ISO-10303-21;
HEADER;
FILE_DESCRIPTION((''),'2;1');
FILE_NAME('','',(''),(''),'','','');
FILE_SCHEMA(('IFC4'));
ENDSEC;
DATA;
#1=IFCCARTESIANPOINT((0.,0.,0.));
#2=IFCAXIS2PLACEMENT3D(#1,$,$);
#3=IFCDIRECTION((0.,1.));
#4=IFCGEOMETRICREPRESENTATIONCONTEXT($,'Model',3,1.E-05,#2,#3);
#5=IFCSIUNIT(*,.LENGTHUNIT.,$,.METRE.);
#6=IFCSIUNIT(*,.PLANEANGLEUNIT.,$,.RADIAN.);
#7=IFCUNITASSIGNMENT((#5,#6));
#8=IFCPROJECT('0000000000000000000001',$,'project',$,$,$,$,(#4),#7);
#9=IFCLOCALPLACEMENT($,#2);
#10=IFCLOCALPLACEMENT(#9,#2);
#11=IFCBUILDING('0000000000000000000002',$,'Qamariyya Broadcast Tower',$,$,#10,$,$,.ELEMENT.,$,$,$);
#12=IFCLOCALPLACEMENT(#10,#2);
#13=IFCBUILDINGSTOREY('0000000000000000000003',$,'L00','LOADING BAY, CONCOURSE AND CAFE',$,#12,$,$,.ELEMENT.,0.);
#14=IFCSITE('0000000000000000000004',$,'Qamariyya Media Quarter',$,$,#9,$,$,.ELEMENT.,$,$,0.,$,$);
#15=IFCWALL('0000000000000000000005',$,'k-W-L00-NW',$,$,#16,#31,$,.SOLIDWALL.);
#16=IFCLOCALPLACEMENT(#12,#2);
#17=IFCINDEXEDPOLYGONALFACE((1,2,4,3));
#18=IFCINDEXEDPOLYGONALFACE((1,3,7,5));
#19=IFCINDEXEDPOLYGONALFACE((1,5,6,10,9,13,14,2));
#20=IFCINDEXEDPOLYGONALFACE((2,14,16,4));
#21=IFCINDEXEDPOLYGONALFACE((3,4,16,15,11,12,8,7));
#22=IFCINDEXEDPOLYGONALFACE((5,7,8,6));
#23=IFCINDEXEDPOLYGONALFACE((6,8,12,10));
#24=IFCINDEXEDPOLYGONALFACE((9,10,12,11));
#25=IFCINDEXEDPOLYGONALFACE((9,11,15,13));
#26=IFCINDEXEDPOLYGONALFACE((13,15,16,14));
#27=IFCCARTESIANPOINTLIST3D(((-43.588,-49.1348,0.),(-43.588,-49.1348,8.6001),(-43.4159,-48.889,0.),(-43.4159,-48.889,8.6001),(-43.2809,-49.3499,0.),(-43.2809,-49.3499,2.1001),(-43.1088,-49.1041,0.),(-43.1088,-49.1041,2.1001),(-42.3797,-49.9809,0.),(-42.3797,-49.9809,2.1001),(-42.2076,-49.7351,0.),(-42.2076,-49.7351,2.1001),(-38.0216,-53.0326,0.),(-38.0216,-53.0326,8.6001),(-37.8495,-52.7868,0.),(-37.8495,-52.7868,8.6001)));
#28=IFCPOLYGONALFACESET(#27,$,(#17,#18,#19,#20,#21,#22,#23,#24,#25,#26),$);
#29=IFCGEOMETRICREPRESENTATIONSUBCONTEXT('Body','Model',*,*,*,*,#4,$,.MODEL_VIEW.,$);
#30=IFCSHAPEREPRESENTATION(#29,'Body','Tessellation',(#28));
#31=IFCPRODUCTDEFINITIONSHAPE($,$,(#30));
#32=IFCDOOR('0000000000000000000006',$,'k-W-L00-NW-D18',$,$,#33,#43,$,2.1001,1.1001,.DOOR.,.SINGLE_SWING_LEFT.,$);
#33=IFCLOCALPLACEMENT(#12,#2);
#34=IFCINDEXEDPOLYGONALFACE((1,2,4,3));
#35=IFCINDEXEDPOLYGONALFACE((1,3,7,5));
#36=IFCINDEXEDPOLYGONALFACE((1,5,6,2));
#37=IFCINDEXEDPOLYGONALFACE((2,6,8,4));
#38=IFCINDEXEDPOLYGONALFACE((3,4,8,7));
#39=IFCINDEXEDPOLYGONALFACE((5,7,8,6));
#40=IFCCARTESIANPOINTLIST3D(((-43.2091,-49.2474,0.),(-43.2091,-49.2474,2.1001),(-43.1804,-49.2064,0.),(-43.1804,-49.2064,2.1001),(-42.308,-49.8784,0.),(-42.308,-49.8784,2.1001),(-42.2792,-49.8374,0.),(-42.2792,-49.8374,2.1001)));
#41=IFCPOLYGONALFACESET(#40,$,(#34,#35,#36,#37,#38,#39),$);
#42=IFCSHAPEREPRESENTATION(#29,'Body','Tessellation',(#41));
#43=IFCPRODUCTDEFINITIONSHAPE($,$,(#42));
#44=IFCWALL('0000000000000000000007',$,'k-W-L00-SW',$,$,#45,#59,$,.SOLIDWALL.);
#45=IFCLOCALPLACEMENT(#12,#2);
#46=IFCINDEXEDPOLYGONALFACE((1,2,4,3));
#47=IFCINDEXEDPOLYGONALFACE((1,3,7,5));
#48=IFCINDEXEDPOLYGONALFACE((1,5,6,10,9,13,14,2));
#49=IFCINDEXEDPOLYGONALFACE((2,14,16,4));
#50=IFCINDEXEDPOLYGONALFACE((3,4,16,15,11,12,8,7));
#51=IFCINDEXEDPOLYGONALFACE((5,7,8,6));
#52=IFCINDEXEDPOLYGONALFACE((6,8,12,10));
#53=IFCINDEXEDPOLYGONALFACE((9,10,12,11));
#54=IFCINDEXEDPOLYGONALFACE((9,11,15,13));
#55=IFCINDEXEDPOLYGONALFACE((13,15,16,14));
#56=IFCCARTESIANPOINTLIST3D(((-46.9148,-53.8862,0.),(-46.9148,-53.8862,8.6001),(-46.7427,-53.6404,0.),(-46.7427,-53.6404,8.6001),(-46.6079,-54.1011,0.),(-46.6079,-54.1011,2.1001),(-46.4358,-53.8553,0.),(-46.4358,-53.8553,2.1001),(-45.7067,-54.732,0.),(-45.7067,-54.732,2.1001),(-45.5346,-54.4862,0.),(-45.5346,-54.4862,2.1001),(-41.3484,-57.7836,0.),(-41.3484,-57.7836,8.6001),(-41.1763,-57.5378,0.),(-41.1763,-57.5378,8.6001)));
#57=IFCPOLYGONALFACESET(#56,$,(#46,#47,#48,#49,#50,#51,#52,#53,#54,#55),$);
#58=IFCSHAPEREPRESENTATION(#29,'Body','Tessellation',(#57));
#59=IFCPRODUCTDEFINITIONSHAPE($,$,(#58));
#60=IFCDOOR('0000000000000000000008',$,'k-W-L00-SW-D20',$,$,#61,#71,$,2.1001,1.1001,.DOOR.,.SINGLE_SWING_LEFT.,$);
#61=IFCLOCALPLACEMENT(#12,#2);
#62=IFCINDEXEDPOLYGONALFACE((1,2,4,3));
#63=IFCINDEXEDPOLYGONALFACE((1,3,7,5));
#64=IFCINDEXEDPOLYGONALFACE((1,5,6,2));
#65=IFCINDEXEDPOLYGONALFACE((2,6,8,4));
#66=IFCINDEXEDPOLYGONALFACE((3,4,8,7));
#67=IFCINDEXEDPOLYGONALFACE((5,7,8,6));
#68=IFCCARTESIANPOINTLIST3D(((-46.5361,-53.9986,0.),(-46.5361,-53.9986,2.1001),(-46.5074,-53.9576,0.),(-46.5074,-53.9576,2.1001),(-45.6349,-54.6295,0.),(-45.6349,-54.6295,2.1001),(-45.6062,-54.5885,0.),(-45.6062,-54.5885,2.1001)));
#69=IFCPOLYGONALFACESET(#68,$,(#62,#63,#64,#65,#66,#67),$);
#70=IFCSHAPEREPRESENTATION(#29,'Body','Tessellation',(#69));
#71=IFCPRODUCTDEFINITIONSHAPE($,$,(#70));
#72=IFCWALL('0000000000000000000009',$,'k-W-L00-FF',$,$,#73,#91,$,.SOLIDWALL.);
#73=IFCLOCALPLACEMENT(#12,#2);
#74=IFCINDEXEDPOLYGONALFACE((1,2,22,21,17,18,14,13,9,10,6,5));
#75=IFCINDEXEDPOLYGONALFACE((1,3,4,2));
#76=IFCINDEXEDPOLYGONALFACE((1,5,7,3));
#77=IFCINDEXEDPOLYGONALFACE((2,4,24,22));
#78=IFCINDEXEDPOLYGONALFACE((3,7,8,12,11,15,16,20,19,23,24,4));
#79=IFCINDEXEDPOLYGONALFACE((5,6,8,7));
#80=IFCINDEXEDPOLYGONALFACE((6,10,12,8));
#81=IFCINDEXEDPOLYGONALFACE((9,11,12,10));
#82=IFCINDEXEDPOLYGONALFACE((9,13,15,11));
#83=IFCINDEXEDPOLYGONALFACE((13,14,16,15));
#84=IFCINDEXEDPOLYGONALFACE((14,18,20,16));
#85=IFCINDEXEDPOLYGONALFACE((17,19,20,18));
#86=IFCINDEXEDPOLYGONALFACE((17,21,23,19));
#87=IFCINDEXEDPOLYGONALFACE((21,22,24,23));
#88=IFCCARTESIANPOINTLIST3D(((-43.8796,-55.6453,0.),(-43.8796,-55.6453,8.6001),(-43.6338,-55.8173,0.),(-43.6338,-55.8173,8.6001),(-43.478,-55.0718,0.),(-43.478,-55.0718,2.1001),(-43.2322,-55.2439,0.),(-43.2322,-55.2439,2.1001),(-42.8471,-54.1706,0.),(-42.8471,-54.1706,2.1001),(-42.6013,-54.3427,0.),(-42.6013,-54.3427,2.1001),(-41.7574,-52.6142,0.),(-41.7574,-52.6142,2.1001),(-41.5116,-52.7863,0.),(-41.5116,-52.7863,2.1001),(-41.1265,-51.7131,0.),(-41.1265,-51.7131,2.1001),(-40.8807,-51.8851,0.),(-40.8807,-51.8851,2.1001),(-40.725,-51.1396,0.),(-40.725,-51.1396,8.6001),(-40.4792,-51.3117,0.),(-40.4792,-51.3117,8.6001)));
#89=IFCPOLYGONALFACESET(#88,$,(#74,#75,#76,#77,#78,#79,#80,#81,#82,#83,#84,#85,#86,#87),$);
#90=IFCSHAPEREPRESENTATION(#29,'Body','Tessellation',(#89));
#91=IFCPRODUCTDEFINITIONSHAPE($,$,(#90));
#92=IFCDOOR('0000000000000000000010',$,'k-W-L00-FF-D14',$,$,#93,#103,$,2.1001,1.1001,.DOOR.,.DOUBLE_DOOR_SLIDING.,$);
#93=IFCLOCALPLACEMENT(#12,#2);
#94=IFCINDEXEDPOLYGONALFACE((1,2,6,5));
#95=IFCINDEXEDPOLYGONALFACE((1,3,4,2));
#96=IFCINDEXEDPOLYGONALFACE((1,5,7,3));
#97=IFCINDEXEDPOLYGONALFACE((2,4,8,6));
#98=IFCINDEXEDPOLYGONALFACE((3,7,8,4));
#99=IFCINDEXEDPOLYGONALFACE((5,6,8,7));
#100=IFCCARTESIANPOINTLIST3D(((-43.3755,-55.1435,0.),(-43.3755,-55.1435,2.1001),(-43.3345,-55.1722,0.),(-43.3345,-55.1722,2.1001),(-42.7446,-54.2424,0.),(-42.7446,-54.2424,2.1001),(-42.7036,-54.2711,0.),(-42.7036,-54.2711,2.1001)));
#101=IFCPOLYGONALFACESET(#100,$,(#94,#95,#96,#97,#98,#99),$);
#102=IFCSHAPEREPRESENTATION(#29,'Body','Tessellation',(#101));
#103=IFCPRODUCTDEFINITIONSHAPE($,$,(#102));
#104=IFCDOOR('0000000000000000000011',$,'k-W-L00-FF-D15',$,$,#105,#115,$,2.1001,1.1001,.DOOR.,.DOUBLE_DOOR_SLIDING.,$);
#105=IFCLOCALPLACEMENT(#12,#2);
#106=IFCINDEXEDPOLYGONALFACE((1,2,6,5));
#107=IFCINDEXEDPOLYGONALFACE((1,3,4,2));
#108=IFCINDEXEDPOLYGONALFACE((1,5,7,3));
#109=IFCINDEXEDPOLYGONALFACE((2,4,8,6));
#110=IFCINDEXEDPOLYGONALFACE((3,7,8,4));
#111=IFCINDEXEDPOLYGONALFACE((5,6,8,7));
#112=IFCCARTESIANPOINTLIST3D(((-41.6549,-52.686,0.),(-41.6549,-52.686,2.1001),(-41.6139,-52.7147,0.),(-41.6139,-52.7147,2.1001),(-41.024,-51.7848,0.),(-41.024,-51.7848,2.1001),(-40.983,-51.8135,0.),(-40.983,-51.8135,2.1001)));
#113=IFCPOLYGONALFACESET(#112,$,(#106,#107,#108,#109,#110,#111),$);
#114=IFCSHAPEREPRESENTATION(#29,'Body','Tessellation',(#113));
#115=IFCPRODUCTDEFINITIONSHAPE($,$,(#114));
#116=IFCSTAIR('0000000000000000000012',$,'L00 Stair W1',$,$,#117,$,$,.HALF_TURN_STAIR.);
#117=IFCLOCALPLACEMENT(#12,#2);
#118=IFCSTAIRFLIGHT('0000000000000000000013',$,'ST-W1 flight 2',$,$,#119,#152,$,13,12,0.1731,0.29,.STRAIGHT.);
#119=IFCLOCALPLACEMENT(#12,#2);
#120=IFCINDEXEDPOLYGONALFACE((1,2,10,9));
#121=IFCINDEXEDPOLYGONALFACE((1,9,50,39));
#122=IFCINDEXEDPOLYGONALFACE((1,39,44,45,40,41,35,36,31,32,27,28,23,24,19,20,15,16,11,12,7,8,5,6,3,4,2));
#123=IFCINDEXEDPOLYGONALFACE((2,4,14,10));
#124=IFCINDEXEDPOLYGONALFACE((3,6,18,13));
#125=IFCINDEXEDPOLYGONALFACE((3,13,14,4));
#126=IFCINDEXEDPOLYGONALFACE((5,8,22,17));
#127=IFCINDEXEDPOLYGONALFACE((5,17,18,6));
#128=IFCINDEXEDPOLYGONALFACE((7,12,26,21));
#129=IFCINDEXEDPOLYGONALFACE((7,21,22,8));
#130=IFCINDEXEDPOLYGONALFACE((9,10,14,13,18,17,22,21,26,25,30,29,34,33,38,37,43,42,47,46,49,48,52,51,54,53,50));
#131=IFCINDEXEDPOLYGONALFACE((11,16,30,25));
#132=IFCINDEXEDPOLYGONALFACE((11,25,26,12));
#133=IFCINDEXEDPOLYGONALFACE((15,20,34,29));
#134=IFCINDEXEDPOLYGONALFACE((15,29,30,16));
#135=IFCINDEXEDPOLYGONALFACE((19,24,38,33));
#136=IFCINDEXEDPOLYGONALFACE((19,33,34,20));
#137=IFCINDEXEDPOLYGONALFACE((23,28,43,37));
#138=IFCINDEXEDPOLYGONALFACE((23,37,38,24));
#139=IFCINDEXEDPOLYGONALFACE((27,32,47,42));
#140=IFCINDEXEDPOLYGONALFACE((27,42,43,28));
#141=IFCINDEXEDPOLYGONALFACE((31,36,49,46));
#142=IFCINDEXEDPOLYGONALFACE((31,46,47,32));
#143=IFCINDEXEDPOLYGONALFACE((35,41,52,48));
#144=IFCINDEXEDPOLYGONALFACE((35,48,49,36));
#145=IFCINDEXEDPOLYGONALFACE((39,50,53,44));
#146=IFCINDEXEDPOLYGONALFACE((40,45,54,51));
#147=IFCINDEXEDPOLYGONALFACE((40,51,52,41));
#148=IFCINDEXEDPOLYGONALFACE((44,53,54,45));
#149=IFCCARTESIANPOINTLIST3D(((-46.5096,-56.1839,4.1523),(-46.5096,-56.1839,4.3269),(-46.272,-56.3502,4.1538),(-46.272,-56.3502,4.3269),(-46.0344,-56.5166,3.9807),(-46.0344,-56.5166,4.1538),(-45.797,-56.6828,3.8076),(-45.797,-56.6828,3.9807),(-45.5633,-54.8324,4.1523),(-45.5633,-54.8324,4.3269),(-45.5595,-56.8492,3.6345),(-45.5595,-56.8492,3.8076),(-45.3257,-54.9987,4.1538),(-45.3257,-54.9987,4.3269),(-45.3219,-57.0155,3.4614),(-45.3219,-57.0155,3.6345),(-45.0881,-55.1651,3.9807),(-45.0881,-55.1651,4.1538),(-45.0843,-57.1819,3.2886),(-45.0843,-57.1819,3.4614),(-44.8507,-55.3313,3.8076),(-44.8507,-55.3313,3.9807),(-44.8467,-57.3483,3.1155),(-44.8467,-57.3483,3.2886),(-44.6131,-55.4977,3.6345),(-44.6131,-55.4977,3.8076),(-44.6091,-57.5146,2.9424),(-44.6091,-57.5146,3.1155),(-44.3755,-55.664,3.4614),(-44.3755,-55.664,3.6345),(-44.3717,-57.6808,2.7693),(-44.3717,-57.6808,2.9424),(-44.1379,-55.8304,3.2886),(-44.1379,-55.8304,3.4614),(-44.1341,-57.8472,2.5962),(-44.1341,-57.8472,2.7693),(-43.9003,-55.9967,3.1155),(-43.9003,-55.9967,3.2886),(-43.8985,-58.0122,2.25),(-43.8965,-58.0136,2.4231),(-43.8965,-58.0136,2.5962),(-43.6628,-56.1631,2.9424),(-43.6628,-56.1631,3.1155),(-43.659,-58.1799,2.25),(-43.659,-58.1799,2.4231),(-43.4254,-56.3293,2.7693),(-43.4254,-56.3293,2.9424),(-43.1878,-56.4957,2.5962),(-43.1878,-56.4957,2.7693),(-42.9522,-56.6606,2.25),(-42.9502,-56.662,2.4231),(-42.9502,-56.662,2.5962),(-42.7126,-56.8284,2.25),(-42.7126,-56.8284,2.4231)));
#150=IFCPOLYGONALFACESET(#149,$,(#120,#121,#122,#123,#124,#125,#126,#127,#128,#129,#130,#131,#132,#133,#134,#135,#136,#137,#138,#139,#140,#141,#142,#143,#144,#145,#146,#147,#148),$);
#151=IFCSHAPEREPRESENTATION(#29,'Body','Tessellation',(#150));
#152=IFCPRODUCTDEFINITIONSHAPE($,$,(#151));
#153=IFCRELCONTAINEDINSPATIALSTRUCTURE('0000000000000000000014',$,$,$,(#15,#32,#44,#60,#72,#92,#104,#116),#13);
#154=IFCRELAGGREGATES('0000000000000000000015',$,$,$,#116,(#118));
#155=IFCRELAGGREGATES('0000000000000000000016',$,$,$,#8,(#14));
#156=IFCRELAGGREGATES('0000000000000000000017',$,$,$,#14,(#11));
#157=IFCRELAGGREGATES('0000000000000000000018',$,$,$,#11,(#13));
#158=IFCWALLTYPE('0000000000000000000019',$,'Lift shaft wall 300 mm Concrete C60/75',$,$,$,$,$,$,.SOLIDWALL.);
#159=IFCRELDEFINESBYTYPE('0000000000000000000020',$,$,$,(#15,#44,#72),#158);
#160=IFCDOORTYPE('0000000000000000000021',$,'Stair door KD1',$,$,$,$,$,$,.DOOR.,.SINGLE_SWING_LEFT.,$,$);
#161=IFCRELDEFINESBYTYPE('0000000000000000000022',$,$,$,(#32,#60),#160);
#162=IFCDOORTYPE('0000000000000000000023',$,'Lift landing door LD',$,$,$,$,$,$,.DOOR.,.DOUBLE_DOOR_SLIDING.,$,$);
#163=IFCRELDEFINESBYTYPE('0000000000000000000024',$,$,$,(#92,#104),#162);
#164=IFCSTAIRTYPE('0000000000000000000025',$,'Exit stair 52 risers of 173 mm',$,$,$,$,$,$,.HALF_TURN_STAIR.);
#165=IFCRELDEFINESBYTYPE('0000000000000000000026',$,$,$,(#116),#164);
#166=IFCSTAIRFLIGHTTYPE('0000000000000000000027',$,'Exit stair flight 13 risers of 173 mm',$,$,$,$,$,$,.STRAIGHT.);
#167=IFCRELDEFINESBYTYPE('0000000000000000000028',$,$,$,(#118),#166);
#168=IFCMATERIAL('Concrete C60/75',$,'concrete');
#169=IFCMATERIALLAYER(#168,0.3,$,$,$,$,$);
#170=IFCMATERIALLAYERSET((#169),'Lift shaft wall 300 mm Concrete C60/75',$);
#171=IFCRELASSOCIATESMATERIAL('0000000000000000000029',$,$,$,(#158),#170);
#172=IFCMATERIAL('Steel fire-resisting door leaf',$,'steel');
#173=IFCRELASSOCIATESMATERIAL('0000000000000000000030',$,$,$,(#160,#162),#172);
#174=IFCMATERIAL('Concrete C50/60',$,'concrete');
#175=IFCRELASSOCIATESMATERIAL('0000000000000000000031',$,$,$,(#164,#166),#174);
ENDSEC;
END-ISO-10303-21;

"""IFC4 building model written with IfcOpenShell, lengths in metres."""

from ifc_helpers import new_model, si_unit, direction, frame, frame_2d, origin, place, context, subcontext, project, spatial, polyline, rectangle, outline, extrude, material, layer, layer_set, type_object, element, fill, aggregate, save


model = new_model("IFC4")

# Units and contexts
model_context = context("Model", 3, precision=1e-05, world=origin(), true_north=direction((0.0, 1.0)))
body_context = subcontext(model_context, "Body", "Model", "MODEL_VIEW")
ifc_project = project(units=[si_unit("LENGTHUNIT", "METRE"), si_unit("PLANEANGLEUNIT", "RADIAN")], contexts=[model_context])

# Site, building, storey
site_placement = place(None, origin())
site = spatial("IfcSite", under=ifc_project, at=site_placement, Name="Qamariyya Media Quarter", CompositionType="ELEMENT", RefElevation=0.0)
building_placement = place(site_placement, origin())
building = spatial("IfcBuilding", under=site, at=building_placement, Name="Qamariyya Broadcast Tower", CompositionType="ELEMENT")
storey_placement = place(building_placement, origin())
storey = spatial("IfcBuildingStorey", under=building, at=storey_placement, Name="L00", Description="LOADING BAY, CONCOURSE AND CAFE", CompositionType="ELEMENT", Elevation=0.0)

# Shared definitions
ifc_material_1 = material(Name="Concrete C60/75", Category="concrete")

# Walls, openings, doors
ifc_layer_1 = layer(ifc_material_1, 0.3)
ifc_layer_set_1 = layer_set([ifc_layer_1], Name="Lift shaft wall 300 mm Concrete C60/75")
wall_type_1 = type_object("IfcWallType", Name="Lift shaft wall 300 mm Concrete C60/75", PredefinedType="SOLIDWALL", material=ifc_layer_set_1)
wall_1_placement = place(storey_placement, frame((-37.9355, -52.9097, 0.0), z_axis=(0.0, 0.0, 1.0), x_axis=(-0.819148, 0.573583, 0.0)))
wall_1 = element("IfcWall", 1, at=wall_1_placement, inside=storey, type_object=wall_type_1, Name="k-W-L00-NW", PredefinedType="SOLIDWALL", context=body_context, shape_type="SweptSolid", body=[
    extrude(rectangle(XDim=6.7954, YDim=0.3, at=frame_2d((3.3977, 0.0))), origin(), (0.0, 0.0, 1.0), 8.6001),
])
opening_1_placement = place(wall_1_placement, frame((5.3203, 0.0, 0.0)))
opening_1 = element("IfcOpeningElement", 2, at=opening_1_placement, cuts=wall_1, PredefinedType="OPENING", context=body_context, shape_type="SweptSolid", body=[
    extrude(rectangle(XDim=1.1001, YDim=2.1001, at=frame_2d((0.55, 1.05))), frame((0.0, 0.1599, 0.0), z_axis=(0.0, -1.0, 0.0), x_axis=(1.0, 0.0, 0.0)), (0.0, 0.0, 1.0), 0.3201),
])
ifc_material_2 = material(Name="Steel fire-resisting door leaf", Category="steel")
door_type_1 = type_object("IfcDoorType", Name="Stair door KD1", OperationType="SINGLE_SWING_LEFT", PredefinedType="DOOR", material=ifc_material_2)
door_1_placement = place(opening_1_placement, origin())
door_1 = element("IfcDoor", 3, at=door_1_placement, inside=storey, type_object=door_type_1, Name="k-W-L00-NW-D18", OperationType="SINGLE_SWING_LEFT", OverallHeight=2.1001, OverallWidth=1.1001, PredefinedType="DOOR", context=body_context, shape_type="SweptSolid", body=[
    extrude(rectangle(XDim=1.1001, YDim=2.1001, at=frame_2d((0.55, 1.05))), frame((0.0, 0.0249, 0.0), z_axis=(0.0, -1.0, 0.0), x_axis=(1.0, 0.0, 0.0)), (0.0, 0.0, 1.0), 0.05),
])
fill(opening_1, door_1)
wall_2_placement = place(storey_placement, frame((-41.2625, -57.6606, 0.0), z_axis=(0.0, 0.0, 1.0), x_axis=(-0.819164, 0.573559, 0.0)))
wall_2 = element("IfcWall", 4, at=wall_2_placement, inside=storey, type_object=wall_type_1, Name="k-W-L00-SW", PredefinedType="SOLIDWALL", context=body_context, shape_type="SweptSolid", body=[
    extrude(rectangle(XDim=6.7952, YDim=0.3, at=frame_2d((3.3975, 0.0))), origin(), (0.0, 0.0, 1.0), 8.6001),
])
opening_2_placement = place(wall_2_placement, frame((5.3203, 0.0, 0.0)))
opening_2 = element("IfcOpeningElement", 5, at=opening_2_placement, cuts=wall_2, PredefinedType="OPENING", context=body_context, shape_type="SweptSolid", body=[
    extrude(rectangle(XDim=1.1001, YDim=2.1001, at=frame_2d((0.55, 1.05))), frame((0.0, 0.1599, 0.0), z_axis=(0.0, -1.0, 0.0), x_axis=(1.0, 0.0, 0.0)), (0.0, 0.0, 1.0), 0.3201),
])
door_2_placement = place(opening_2_placement, origin())
door_2 = element("IfcDoor", 6, at=door_2_placement, inside=storey, type_object=door_type_1, Name="k-W-L00-SW-D20", OperationType="SINGLE_SWING_LEFT", OverallHeight=2.1001, OverallWidth=1.1001, PredefinedType="DOOR", context=body_context, shape_type="SweptSolid", body=[
    extrude(rectangle(XDim=1.1001, YDim=2.1001, at=frame_2d((0.55, 1.05))), frame((0.0, 0.0249, 0.0), z_axis=(0.0, -1.0, 0.0), x_axis=(1.0, 0.0, 0.0)), (0.0, 0.0, 1.0), 0.05),
])
fill(opening_2, door_2)

# Wall, openings, doors
wall_3_placement = place(storey_placement, frame((-43.7566, -55.7312, 0.0), z_axis=(0.0, 0.0, 1.0), x_axis=(0.573537, 0.81918, 0.0)))
wall_3 = element("IfcWall", 7, at=wall_3_placement, inside=storey, type_object=wall_type_1, Name="k-W-L00-FF", PredefinedType="SOLIDWALL", context=body_context, shape_type="SweptSolid", body=[
    extrude(rectangle(XDim=5.5002, YDim=0.3, at=frame_2d((2.75, 0.0))), origin(), (0.0, 0.0, 1.0), 8.6001),
])
opening_3_placement = place(wall_3_placement, frame((0.7, 0.0, 0.0)))
opening_3 = element("IfcOpeningElement", 8, at=opening_3_placement, cuts=wall_3, PredefinedType="OPENING", context=body_context, shape_type="SweptSolid", body=[
    extrude(rectangle(XDim=1.1001, YDim=2.1001, at=frame_2d((0.55, 1.05))), frame((0.0, 0.1599, 0.0), z_axis=(0.0, -1.0, 0.0), x_axis=(1.0, 0.0, 0.0)), (0.0, 0.0, 1.0), 0.3201),
])
opening_4_placement = place(wall_3_placement, frame((3.7, 0.0, 0.0)))
opening_4 = element("IfcOpeningElement", 9, at=opening_4_placement, cuts=wall_3, PredefinedType="OPENING", context=body_context, shape_type="SweptSolid", body=[
    extrude(rectangle(XDim=1.1001, YDim=2.1001, at=frame_2d((0.55, 1.05))), frame((0.0, 0.1599, 0.0), z_axis=(0.0, -1.0, 0.0), x_axis=(1.0, 0.0, 0.0)), (0.0, 0.0, 1.0), 0.3201),
])
door_type_2 = type_object("IfcDoorType", Name="Lift landing door LD", OperationType="DOUBLE_DOOR_SLIDING", PredefinedType="DOOR", material=ifc_material_2)
door_3_placement = place(opening_3_placement, origin())
door_3 = element("IfcDoor", 10, at=door_3_placement, inside=storey, type_object=door_type_2, Name="k-W-L00-FF-D14", OperationType="DOUBLE_DOOR_SLIDING", OverallHeight=2.1001, OverallWidth=1.1001, PredefinedType="DOOR", context=body_context, shape_type="SweptSolid", body=[
    extrude(rectangle(XDim=1.1001, YDim=2.1001, at=frame_2d((0.55, 1.05))), frame((0.0, 0.0249, 0.0), z_axis=(0.0, -1.0, 0.0), x_axis=(1.0, 0.0, 0.0)), (0.0, 0.0, 1.0), 0.05),
])
fill(opening_3, door_3)
door_4_placement = place(opening_4_placement, origin())
door_4 = element("IfcDoor", 11, at=door_4_placement, inside=storey, type_object=door_type_2, Name="k-W-L00-FF-D15", OperationType="DOUBLE_DOOR_SLIDING", OverallHeight=2.1001, OverallWidth=1.1001, PredefinedType="DOOR", context=body_context, shape_type="SweptSolid", body=[
    extrude(rectangle(XDim=1.1001, YDim=2.1001, at=frame_2d((0.55, 1.05))), frame((0.0, 0.0249, 0.0), z_axis=(0.0, -1.0, 0.0), x_axis=(1.0, 0.0, 0.0)), (0.0, 0.0, 1.0), 0.05),
])
fill(opening_4, door_4)

# Stair, stair flight
ifc_material_3 = material(Name="Concrete C50/60", Category="concrete")
stair_type = type_object("IfcStairType", Name="Exit stair 52 risers of 173 mm", PredefinedType="HALF_TURN_STAIR", material=ifc_material_3)
stair_placement = place(storey_placement, origin())
stair = element("IfcStair", 12, at=stair_placement, inside=storey, type_object=stair_type, Name="L00 Stair W1", PredefinedType="HALF_TURN_STAIR")
stair_flight_type = type_object("IfcStairFlightType", Name="Exit stair flight 13 risers of 173 mm", PredefinedType="STRAIGHT", material=ifc_material_3)
stair_flight_1_placement = place(storey_placement, frame((-43.1858, -57.5042, 2.25), z_axis=(0.0, 0.0, 1.0), x_axis=(-0.819152, 0.573576, 0.0)))
stair_flight_1 = element("IfcStairFlight", 13, at=stair_flight_1_placement, type_object=stair_flight_type, Name="ST-W1 flight 2", NumberOfRisers=13, NumberOfTreads=12, PredefinedType="STRAIGHT", RiserHeight=0.1731, TreadLength=0.29, context=body_context, shape_type="SweptSolid", body=[
    extrude(outline(polyline([(0.0, 0.0), (0.0, 0.1731), (0.29, 0.1731), (0.29, 0.3462), (0.5801, 0.3462), (0.5801, 0.5193), (0.8701, 0.5193), (0.8701, 0.6924), (1.1599, 0.6924), (1.1599, 0.8655), (1.45, 0.8655), (1.45, 1.0386), (1.74, 1.0386), (1.74, 1.2114), (2.03, 1.2114), (2.03, 1.3845), (2.3201, 1.3845), (2.3201, 1.5576), (2.6101, 1.5576), (2.6101, 1.7307), (2.8999, 1.7307), (2.8999, 1.9038), (3.1899, 1.9038), (3.1899, 2.0769), (3.48, 2.0769), (3.48, 2.25), (3.48, 1.9023), (0.2925, 0.0), (0.0, 0.0)])), frame((0.0, 0.825, 0.0), z_axis=(0.0, -1.0, 0.0), x_axis=(1.0, 0.0, 0.0)), (0.0, 0.0, 1.0), 1.6499),
])
aggregate(stair, [stair_flight_1])

save(model, "model.ifc")
